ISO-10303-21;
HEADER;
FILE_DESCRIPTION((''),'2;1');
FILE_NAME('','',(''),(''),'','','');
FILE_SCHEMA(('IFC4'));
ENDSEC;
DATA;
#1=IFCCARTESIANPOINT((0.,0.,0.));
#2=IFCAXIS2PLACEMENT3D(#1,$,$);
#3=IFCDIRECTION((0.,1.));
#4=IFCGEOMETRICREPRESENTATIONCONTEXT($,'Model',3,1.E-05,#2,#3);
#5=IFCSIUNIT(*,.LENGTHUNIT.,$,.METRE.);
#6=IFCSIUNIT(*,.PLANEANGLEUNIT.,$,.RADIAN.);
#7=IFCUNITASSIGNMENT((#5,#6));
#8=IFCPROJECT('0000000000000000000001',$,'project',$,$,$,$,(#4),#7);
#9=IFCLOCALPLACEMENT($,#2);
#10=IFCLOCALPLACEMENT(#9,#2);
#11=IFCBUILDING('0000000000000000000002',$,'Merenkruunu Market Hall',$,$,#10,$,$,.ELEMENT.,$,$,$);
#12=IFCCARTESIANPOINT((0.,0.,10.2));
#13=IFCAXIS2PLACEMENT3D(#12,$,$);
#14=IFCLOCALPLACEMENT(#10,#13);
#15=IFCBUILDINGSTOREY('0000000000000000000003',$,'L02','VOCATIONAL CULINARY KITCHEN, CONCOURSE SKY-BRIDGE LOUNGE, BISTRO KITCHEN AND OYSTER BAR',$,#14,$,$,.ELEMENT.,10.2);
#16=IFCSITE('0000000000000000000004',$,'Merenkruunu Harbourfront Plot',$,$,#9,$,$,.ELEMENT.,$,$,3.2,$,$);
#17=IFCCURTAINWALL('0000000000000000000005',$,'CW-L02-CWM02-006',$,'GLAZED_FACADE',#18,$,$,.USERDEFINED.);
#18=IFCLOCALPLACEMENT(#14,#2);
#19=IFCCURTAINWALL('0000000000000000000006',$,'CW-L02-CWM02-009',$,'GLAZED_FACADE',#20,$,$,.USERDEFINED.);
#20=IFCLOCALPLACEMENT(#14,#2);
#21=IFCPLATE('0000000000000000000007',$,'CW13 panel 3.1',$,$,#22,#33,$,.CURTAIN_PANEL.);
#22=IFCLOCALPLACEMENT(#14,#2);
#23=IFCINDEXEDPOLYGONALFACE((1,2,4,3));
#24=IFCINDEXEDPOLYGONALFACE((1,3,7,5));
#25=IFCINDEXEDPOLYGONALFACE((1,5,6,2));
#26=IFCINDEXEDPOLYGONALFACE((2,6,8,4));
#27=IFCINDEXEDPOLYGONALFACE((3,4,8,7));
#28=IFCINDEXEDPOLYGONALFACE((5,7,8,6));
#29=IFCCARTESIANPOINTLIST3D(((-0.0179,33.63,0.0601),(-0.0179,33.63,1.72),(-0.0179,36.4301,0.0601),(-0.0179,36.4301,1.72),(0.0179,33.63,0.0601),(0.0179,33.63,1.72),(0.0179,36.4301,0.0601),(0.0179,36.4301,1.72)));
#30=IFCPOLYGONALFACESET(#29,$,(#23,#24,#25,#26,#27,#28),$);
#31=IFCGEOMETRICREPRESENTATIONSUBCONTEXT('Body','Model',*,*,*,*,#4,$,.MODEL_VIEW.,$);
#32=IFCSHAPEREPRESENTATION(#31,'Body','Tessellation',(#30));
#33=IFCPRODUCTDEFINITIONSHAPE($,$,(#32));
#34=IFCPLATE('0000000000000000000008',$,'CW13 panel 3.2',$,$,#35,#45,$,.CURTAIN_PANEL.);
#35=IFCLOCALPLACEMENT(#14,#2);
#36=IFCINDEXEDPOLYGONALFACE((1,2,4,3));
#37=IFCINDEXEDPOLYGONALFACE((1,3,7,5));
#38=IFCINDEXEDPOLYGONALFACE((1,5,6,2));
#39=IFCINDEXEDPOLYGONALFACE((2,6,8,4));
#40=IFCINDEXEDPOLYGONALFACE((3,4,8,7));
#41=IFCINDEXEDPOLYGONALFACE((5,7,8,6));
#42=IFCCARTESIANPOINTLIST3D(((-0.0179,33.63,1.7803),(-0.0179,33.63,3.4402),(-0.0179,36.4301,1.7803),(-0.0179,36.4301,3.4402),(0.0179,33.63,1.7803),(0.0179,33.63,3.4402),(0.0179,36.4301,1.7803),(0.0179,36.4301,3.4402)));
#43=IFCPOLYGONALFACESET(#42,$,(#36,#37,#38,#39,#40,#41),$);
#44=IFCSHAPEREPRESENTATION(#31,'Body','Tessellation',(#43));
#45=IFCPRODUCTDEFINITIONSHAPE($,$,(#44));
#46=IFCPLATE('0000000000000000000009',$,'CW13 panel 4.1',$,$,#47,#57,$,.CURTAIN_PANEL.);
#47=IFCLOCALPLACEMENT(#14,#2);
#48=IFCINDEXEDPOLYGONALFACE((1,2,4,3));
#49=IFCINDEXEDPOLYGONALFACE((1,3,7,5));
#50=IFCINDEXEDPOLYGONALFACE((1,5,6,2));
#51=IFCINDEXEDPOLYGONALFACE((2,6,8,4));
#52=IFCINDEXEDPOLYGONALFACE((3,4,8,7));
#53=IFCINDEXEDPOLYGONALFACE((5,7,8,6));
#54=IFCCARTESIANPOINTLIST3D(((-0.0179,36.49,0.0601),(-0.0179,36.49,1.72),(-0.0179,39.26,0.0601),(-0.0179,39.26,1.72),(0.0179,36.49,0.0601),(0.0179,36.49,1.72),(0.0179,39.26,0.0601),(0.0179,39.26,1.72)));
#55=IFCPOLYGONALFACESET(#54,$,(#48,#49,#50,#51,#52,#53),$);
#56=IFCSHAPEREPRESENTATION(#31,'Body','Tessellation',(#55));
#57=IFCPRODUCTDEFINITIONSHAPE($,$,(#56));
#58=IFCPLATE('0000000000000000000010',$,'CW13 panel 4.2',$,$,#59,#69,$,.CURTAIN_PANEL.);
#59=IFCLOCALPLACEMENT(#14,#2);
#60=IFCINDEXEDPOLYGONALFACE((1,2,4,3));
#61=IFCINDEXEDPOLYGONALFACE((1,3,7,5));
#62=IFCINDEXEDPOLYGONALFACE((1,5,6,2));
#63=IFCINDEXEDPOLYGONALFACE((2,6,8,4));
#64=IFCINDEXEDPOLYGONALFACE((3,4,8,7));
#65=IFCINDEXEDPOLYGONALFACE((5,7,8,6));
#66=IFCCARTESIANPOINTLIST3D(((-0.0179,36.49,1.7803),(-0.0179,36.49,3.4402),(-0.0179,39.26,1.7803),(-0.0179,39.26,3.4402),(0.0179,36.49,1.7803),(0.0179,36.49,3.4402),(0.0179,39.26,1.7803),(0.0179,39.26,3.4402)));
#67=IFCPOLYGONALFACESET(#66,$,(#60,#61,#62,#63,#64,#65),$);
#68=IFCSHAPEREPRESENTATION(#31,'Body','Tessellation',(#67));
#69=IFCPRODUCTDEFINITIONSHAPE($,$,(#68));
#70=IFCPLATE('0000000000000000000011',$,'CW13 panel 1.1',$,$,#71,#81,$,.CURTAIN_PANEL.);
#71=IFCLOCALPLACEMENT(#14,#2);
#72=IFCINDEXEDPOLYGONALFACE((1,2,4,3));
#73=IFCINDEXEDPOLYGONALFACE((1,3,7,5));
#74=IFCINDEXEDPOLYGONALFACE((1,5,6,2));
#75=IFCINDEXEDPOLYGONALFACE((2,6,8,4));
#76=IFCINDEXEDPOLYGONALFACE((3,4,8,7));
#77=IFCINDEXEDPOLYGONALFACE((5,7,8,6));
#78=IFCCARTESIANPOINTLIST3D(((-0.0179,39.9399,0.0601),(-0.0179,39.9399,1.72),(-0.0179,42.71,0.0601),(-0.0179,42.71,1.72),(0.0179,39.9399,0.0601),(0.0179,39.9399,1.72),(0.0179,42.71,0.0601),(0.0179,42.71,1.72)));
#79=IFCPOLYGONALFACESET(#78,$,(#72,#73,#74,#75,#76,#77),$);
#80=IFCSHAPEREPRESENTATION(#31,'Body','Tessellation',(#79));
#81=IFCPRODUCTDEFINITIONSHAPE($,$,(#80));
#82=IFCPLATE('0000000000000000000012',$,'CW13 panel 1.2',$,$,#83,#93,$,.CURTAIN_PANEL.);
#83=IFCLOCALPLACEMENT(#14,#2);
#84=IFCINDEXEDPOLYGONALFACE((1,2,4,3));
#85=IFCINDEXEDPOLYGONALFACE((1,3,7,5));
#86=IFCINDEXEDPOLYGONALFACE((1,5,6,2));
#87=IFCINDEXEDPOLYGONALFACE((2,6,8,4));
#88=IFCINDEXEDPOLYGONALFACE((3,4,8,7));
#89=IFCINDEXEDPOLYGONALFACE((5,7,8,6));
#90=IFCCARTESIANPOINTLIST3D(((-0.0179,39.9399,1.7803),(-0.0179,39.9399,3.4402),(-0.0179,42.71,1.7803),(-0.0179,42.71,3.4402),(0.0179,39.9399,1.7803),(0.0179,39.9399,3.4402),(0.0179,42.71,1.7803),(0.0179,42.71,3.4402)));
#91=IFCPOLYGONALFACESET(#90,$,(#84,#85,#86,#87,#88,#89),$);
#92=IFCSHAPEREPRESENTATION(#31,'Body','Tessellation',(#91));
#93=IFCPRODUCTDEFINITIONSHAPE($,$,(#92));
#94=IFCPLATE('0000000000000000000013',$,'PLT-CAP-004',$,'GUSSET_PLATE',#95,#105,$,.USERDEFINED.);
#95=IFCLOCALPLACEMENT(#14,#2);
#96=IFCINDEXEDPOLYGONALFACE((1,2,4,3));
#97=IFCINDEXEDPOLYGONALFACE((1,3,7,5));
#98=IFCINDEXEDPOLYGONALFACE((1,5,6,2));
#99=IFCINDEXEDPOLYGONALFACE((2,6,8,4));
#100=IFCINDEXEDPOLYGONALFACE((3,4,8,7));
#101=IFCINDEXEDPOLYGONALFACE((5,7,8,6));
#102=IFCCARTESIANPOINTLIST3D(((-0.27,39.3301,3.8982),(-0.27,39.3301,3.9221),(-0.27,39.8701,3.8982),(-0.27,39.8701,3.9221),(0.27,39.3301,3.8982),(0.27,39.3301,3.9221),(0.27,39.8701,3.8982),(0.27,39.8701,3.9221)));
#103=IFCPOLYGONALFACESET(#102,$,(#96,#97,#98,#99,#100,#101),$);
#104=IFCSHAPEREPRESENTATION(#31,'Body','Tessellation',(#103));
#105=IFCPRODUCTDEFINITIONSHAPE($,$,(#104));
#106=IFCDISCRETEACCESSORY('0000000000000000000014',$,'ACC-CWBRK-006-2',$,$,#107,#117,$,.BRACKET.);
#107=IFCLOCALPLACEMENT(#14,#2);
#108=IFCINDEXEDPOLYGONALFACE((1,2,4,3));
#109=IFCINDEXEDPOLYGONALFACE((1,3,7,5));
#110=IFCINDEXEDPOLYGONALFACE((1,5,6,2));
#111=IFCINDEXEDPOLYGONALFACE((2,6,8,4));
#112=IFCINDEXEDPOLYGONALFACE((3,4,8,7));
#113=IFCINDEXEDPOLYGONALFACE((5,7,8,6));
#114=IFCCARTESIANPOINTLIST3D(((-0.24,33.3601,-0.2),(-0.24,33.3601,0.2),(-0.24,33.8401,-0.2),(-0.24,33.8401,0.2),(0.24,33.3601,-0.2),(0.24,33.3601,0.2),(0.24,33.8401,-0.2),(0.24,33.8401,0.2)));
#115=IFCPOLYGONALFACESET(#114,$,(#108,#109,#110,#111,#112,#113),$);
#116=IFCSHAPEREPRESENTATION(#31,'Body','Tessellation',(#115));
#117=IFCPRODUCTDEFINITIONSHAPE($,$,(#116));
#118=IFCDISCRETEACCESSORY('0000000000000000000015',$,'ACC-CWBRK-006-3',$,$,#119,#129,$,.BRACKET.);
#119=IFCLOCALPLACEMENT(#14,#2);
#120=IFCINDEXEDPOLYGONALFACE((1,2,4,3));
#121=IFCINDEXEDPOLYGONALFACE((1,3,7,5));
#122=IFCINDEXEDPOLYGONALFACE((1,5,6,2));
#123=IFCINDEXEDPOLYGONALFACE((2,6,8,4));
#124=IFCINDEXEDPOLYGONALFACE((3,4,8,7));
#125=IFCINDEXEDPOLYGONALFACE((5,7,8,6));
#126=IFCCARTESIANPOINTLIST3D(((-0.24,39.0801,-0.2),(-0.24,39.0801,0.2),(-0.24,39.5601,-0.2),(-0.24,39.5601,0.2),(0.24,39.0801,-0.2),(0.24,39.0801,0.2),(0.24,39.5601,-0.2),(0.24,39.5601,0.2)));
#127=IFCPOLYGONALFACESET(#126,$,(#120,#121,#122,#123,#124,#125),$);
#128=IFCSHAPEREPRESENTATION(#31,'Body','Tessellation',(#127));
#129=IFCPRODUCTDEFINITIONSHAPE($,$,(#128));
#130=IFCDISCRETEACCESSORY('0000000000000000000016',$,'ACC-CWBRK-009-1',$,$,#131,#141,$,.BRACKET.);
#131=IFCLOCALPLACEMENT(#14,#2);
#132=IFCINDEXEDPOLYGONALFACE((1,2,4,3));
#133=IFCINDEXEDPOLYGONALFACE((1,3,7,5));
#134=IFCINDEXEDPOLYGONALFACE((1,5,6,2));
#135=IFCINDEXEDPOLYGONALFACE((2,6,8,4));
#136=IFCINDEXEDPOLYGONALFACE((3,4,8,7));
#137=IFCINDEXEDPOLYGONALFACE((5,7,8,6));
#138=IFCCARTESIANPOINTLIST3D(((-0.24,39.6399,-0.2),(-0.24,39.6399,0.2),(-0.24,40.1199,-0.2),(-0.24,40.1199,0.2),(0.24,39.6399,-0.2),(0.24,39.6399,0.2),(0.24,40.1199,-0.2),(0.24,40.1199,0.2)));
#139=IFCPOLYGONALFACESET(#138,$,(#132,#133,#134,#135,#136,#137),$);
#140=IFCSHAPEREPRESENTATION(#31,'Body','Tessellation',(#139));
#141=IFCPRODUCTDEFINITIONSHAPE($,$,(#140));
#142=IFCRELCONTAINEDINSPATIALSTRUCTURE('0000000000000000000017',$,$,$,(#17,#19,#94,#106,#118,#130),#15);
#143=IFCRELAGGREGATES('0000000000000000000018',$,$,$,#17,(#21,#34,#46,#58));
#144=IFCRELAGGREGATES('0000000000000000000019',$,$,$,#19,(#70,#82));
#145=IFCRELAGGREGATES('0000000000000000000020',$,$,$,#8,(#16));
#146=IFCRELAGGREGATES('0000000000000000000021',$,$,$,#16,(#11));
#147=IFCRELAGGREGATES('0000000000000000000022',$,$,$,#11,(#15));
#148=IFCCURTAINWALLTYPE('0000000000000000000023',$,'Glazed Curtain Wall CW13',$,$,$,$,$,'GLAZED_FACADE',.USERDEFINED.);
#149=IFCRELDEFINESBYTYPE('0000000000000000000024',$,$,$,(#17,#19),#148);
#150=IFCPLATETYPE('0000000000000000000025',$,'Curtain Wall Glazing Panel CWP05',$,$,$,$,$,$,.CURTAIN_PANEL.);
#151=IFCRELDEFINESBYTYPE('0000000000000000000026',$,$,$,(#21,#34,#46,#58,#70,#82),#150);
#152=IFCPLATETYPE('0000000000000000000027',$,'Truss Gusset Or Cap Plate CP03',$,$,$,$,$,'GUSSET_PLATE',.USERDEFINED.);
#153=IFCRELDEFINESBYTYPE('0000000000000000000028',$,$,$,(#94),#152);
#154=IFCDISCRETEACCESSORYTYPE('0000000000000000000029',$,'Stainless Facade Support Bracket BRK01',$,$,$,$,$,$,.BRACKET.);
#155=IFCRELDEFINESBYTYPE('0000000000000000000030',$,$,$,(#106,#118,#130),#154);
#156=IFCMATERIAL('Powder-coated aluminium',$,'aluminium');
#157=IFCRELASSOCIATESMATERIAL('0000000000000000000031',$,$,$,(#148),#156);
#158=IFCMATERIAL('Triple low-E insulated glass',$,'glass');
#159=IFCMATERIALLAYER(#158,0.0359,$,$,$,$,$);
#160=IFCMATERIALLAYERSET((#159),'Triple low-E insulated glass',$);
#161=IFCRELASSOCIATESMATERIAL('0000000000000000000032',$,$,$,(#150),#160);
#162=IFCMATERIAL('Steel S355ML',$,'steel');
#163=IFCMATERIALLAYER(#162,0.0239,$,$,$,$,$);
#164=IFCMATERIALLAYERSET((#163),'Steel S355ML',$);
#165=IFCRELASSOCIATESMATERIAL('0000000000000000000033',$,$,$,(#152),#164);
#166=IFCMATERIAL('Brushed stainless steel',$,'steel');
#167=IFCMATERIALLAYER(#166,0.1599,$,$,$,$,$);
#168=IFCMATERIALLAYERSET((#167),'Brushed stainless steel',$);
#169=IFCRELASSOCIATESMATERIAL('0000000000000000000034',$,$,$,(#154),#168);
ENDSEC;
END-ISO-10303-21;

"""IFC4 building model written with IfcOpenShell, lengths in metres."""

from ifc_helpers import new_model, si_unit, direction, frame, origin, origin_2d, place, context, subcontext, project, spatial, rectangle, extrude, material, layer, layer_set, type_object, element, aggregate, save


model = new_model("IFC4")

# Units and contexts
model_context = context("Model", 3, precision=1e-05, world=origin(), true_north=direction((0.0, 1.0)))
body_context = subcontext(model_context, "Body", "Model", "MODEL_VIEW")
ifc_project = project(units=[si_unit("LENGTHUNIT", "METRE"), si_unit("PLANEANGLEUNIT", "RADIAN")], contexts=[model_context])

# Site, building, storey
site_placement = place(None, origin())
site = spatial("IfcSite", under=ifc_project, at=site_placement, Name="Merenkruunu Harbourfront Plot", CompositionType="ELEMENT", RefElevation=3.2)
building_placement = place(site_placement, origin())
building = spatial("IfcBuilding", under=site, at=building_placement, Name="Merenkruunu Market Hall", CompositionType="ELEMENT")
storey_placement = place(building_placement, frame((0.0, 0.0, 10.2)))
storey = spatial("IfcBuildingStorey", under=building, at=storey_placement, Name="L02", Description="VOCATIONAL CULINARY KITCHEN, CONCOURSE SKY-BRIDGE LOUNGE, BISTRO KITCHEN AND OYSTER BAR", CompositionType="ELEMENT", Elevation=10.2)

# Shared definitions
ifc_material_1 = material(Name="Steel S355ML", Category="steel")

# Curtain wall
ifc_material_2 = material(Name="Powder-coated aluminium", Category="aluminium")
curtain_wall_type = type_object("IfcCurtainWallType", Name="Glazed Curtain Wall CW13", ElementType="GLAZED_FACADE", PredefinedType="USERDEFINED", material=ifc_material_2)
curtain_wall_1_placement = place(storey_placement, origin())
curtain_wall_1 = element("IfcCurtainWall", 1, at=curtain_wall_1_placement, inside=storey, type_object=curtain_wall_type, Name="CW-L02-CWM02-006", ObjectType="GLAZED_FACADE", PredefinedType="USERDEFINED")

# Curtain wall
curtain_wall_2_placement = place(storey_placement, origin())
curtain_wall_2 = element("IfcCurtainWall", 2, at=curtain_wall_2_placement, inside=storey, type_object=curtain_wall_type, Name="CW-L02-CWM02-009", ObjectType="GLAZED_FACADE", PredefinedType="USERDEFINED")

# Plates
ifc_material_3 = material(Name="Triple low-E insulated glass", Category="glass")
ifc_layer_1 = layer(ifc_material_3, 0.0359)
ifc_layer_set_1 = layer_set([ifc_layer_1], Name="Triple low-E insulated glass")
plate_type_1 = type_object("IfcPlateType", Name="Curtain Wall Glazing Panel CWP05", PredefinedType="CURTAIN_PANEL", material=ifc_layer_set_1)
plate_1_placement = place(storey_placement, frame((0.0, 35.03, 0.0601), z_axis=(0.0, 0.0, 1.0), x_axis=(0.0, 1.0, 0.0)))
plate_1 = element("IfcPlate", 3, at=plate_1_placement, type_object=plate_type_1, Name="CW13 panel 3.1", PredefinedType="CURTAIN_PANEL", context=body_context, shape_type="SweptSolid", body=[
    extrude(rectangle(XDim=2.8, YDim=0.0359, at=origin_2d()), origin(), (0.0, 0.0, 1.0), 1.6599),
])
plate_2_placement = place(storey_placement, frame((0.0, 35.03, 1.7803), z_axis=(0.0, 0.0, 1.0), x_axis=(0.0, 1.0, 0.0)))
plate_2 = element("IfcPlate", 4, at=plate_2_placement, type_object=plate_type_1, Name="CW13 panel 3.2", PredefinedType="CURTAIN_PANEL", context=body_context, shape_type="SweptSolid", body=[
    extrude(rectangle(XDim=2.8, YDim=0.0359, at=origin_2d()), origin(), (0.0, 0.0, 1.0), 1.6599),
])
plate_3_placement = place(storey_placement, frame((0.0, 37.875, 0.0601), z_axis=(0.0, 0.0, 1.0), x_axis=(0.0, 1.0, 0.0)))
plate_3 = element("IfcPlate", 5, at=plate_3_placement, type_object=plate_type_1, Name="CW13 panel 4.1", PredefinedType="CURTAIN_PANEL", context=body_context, shape_type="SweptSolid", body=[
    extrude(rectangle(XDim=2.77, YDim=0.0359, at=origin_2d()), origin(), (0.0, 0.0, 1.0), 1.6599),
])
plate_4_placement = place(storey_placement, frame((0.0, 37.875, 1.7803), z_axis=(0.0, 0.0, 1.0), x_axis=(0.0, 1.0, 0.0)))
plate_4 = element("IfcPlate", 6, at=plate_4_placement, type_object=plate_type_1, Name="CW13 panel 4.2", PredefinedType="CURTAIN_PANEL", context=body_context, shape_type="SweptSolid", body=[
    extrude(rectangle(XDim=2.77, YDim=0.0359, at=origin_2d()), origin(), (0.0, 0.0, 1.0), 1.6599),
])
aggregate(curtain_wall_1, [plate_1, plate_2, plate_3, plate_4])
plate_5_placement = place(storey_placement, frame((0.0, 41.325, 0.0601), z_axis=(0.0, 0.0, 1.0), x_axis=(0.0, 1.0, 0.0)))
plate_5 = element("IfcPlate", 7, at=plate_5_placement, type_object=plate_type_1, Name="CW13 panel 1.1", PredefinedType="CURTAIN_PANEL", context=body_context, shape_type="SweptSolid", body=[
    extrude(rectangle(XDim=2.77, YDim=0.0359, at=origin_2d()), origin(), (0.0, 0.0, 1.0), 1.6599),
])
plate_6_placement = place(storey_placement, frame((0.0, 41.325, 1.7803), z_axis=(0.0, 0.0, 1.0), x_axis=(0.0, 1.0, 0.0)))
plate_6 = element("IfcPlate", 8, at=plate_6_placement, type_object=plate_type_1, Name="CW13 panel 1.2", PredefinedType="CURTAIN_PANEL", context=body_context, shape_type="SweptSolid", body=[
    extrude(rectangle(XDim=2.77, YDim=0.0359, at=origin_2d()), origin(), (0.0, 0.0, 1.0), 1.6599),
])
aggregate(curtain_wall_2, [plate_5, plate_6])
ifc_layer_2 = layer(ifc_material_1, 0.0239)
ifc_layer_set_2 = layer_set([ifc_layer_2], Name="Steel S355ML")
plate_type_2 = type_object("IfcPlateType", Name="Truss Gusset Or Cap Plate CP03", ElementType="GUSSET_PLATE", PredefinedType="USERDEFINED", material=ifc_layer_set_2)
plate_7_placement = place(storey_placement, frame((0.0, 39.6001, 3.8982), z_axis=(0.0, 0.0, 1.0), x_axis=(1.0, 0.0, 0.0)))
element("IfcPlate", 9, at=plate_7_placement, inside=storey, type_object=plate_type_2, Name="PLT-CAP-004", ObjectType="GUSSET_PLATE", PredefinedType="USERDEFINED", context=body_context, shape_type="SweptSolid", body=[
    extrude(rectangle(XDim=0.54, YDim=0.54, at=origin_2d()), origin(), (0.0, 0.0, 1.0), 0.0239),
])

# Discrete accessories
ifc_material_4 = material(Name="Brushed stainless steel", Category="steel")
ifc_layer_3 = layer(ifc_material_4, 0.1599)
ifc_layer_set_3 = layer_set([ifc_layer_3], Name="Brushed stainless steel")
discrete_accessory_type = type_object("IfcDiscreteAccessoryType", Name="Stainless Facade Support Bracket BRK01", PredefinedType="BRACKET", material=ifc_layer_set_3)
for number, where, z_axis, x_axis, name in (
    (10, (0.0, 33.6001, -0.2), (0.0, 0.0, 1.0), (1.0, 0.0, 0.0), "ACC-CWBRK-006-2"),
    (11, (0.0, 39.3201, -0.2), (0.0, 0.0, 1.0), (1.0, 0.0, 0.0), "ACC-CWBRK-006-3"),
    (12, (0.0, 39.8799, -0.2), (0.0, 0.0, 1.0), (1.0, 0.0, 0.0), "ACC-CWBRK-009-1"),
):
    element("IfcDiscreteAccessory", number, at=place(storey_placement, frame(where, z_axis=z_axis, x_axis=x_axis)), inside=storey, type_object=discrete_accessory_type, Name=name, PredefinedType="BRACKET", context=body_context, shape_type="SweptSolid", body=[
        extrude(rectangle(XDim=0.48, YDim=0.48, at=origin_2d()), origin(), (0.0, 0.0, 1.0), 0.3999),
    ])

save(model, "model.ifc")
